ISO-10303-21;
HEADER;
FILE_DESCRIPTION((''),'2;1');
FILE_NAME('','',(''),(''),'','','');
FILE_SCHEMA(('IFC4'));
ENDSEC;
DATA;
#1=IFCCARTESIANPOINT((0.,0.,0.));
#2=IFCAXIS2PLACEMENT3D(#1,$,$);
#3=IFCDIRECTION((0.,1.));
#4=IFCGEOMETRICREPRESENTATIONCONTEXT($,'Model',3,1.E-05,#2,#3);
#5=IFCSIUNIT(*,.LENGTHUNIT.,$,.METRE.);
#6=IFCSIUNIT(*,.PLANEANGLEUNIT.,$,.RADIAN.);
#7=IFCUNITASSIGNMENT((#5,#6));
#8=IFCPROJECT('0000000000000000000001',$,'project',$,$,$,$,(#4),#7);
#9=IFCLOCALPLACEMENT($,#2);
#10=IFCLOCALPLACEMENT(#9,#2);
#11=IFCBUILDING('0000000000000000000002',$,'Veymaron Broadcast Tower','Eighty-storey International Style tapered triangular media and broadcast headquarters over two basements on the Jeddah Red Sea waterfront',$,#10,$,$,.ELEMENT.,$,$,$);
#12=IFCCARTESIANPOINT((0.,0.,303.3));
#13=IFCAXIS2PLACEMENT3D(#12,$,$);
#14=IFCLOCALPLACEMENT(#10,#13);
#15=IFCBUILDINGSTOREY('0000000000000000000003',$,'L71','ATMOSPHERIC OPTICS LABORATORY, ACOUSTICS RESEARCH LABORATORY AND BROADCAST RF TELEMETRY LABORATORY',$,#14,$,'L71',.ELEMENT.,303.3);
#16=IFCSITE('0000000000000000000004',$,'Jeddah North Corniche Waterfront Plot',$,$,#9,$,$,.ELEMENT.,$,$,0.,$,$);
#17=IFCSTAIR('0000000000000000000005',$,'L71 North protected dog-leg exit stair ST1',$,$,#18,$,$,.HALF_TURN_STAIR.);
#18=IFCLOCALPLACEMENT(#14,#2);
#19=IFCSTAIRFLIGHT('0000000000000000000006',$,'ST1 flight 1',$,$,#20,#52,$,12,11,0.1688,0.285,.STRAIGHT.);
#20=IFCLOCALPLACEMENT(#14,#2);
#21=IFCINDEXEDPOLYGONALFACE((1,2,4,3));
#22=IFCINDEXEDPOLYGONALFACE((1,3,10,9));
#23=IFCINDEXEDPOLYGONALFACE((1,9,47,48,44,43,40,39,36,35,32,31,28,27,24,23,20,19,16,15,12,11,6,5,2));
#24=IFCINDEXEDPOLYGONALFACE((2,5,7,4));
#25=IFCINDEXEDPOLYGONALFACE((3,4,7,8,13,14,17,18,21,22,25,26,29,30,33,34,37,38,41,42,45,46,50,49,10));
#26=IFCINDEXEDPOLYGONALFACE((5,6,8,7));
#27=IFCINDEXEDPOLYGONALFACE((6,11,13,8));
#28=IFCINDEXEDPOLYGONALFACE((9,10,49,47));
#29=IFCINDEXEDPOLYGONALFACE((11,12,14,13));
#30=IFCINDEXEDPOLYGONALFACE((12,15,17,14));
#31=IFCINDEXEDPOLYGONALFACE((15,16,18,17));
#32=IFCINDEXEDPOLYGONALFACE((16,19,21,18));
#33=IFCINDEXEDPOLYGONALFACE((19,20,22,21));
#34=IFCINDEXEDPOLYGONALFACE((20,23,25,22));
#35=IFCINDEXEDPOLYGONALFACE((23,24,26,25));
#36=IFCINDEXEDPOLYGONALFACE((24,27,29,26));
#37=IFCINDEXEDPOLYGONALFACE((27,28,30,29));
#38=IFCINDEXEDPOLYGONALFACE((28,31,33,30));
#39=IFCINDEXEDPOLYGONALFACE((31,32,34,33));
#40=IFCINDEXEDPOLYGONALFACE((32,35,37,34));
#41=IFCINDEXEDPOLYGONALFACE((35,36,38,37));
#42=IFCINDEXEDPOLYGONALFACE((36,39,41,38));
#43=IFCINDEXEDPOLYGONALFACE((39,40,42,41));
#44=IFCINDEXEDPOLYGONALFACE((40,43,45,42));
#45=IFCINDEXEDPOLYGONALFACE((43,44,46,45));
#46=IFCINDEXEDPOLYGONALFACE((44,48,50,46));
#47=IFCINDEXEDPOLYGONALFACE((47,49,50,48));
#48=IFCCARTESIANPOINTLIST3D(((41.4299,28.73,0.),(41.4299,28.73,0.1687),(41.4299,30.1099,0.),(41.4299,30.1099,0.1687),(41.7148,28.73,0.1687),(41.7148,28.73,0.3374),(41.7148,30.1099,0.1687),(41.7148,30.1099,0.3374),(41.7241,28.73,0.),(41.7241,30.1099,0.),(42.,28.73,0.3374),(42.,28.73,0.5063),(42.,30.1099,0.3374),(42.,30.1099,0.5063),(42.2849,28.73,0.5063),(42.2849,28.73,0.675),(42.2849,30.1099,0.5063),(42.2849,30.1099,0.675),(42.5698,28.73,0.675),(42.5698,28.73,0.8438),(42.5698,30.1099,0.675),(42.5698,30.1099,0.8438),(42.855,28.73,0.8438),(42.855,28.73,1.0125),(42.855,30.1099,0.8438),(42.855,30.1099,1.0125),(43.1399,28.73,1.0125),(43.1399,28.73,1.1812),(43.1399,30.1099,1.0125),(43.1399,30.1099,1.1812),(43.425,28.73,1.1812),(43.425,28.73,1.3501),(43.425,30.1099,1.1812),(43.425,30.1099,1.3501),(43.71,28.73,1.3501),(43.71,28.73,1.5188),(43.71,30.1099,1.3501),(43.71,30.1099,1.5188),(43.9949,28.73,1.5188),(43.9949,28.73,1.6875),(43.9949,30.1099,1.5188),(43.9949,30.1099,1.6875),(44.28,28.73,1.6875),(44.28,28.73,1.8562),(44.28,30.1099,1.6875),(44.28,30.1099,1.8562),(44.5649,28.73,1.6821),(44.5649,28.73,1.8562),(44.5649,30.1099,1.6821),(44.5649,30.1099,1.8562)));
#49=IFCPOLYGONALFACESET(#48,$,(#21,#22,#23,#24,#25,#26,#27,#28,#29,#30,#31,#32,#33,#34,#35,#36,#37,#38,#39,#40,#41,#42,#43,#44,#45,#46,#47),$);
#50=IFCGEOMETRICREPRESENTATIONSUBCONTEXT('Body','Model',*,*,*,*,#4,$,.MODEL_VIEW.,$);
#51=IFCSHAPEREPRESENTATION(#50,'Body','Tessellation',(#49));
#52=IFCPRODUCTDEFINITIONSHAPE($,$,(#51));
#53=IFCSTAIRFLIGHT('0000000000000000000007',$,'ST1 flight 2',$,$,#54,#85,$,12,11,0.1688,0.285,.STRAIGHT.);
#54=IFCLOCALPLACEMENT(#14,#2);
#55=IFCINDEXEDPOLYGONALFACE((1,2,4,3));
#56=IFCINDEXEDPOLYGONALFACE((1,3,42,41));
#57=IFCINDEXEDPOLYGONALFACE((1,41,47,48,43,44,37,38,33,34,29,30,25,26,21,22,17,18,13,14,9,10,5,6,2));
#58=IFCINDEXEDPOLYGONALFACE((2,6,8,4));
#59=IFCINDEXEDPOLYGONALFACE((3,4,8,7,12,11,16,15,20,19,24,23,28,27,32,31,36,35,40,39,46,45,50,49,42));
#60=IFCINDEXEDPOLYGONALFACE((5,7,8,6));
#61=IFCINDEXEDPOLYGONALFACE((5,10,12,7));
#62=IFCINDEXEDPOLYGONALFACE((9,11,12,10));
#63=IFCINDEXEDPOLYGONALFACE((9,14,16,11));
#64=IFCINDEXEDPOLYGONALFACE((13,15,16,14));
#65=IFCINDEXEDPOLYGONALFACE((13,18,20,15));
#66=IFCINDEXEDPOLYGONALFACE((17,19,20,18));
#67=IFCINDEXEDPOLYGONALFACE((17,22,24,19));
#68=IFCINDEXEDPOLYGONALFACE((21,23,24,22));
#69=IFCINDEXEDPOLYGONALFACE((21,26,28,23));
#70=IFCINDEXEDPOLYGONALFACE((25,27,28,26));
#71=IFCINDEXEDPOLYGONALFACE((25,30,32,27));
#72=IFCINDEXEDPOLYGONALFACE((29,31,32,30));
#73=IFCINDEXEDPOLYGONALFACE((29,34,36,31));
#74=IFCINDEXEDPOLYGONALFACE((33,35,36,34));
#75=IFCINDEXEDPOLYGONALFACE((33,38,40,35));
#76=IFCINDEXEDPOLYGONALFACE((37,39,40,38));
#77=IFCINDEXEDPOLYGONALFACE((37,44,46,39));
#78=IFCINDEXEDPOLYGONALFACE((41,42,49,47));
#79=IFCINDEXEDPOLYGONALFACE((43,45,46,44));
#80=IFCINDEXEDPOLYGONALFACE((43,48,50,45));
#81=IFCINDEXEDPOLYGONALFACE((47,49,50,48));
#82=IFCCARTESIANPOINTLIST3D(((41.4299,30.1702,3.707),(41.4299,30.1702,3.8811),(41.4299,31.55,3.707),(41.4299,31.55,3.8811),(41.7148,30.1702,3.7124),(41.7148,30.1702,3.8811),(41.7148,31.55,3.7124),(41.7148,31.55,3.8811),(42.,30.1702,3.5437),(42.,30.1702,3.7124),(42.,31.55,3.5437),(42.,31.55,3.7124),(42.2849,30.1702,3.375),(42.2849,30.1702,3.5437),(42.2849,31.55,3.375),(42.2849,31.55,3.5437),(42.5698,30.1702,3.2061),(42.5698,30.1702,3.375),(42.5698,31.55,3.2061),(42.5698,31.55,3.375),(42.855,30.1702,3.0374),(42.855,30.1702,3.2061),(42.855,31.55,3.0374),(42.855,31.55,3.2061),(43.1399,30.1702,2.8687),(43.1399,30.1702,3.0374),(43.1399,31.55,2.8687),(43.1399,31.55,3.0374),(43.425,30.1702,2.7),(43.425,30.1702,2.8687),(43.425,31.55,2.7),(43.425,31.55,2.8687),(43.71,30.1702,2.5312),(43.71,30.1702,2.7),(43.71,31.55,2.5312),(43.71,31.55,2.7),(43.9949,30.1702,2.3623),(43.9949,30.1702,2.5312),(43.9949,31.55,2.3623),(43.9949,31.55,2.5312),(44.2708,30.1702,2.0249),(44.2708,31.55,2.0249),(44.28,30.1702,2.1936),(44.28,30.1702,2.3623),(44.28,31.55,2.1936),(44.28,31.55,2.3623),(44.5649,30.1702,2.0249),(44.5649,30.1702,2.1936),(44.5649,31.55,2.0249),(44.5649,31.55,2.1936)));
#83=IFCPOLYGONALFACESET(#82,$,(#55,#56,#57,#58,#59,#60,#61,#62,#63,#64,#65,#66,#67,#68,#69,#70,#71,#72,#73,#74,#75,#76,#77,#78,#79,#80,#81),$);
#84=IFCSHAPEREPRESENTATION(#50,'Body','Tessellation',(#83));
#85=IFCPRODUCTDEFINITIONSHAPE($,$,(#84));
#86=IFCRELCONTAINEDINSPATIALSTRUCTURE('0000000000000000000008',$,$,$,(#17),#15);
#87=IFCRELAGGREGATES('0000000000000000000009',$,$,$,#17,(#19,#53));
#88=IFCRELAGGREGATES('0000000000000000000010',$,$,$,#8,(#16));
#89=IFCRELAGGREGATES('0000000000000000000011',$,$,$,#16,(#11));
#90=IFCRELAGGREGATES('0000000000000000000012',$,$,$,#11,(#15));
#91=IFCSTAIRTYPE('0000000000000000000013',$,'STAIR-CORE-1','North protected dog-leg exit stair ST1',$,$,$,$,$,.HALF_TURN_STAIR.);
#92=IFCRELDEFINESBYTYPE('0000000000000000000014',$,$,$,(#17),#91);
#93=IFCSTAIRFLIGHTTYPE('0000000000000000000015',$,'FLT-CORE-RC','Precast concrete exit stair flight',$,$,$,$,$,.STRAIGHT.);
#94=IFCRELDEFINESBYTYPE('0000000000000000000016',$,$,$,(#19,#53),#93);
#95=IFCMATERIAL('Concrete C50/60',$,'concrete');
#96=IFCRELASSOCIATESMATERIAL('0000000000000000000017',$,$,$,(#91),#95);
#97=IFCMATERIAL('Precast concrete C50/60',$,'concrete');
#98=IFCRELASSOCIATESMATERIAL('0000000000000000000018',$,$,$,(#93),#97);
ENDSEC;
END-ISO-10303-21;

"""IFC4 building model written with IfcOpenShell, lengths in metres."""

from ifc_helpers import new_model, si_unit, direction, frame, origin, place, context, subcontext, project, spatial, polyline, outline, extrude, material, type_object, element, aggregate, save


model = new_model("IFC4")

# Units and contexts
model_context = context("Model", 3, precision=1e-05, world=origin(), true_north=direction((0.0, 1.0)))
body_context = subcontext(model_context, "Body", "Model", "MODEL_VIEW")
ifc_project = project(units=[si_unit("LENGTHUNIT", "METRE"), si_unit("PLANEANGLEUNIT", "RADIAN")], contexts=[model_context])

# Site, building, storey
site_placement = place(None, origin())
site = spatial("IfcSite", under=ifc_project, at=site_placement, Name="Jeddah North Corniche Waterfront Plot", CompositionType="ELEMENT", RefElevation=0.0)
building_placement = place(site_placement, origin())
building = spatial("IfcBuilding", under=site, at=building_placement, Name="Veymaron Broadcast Tower", Description="Eighty-storey International Style tapered triangular media and broadcast headquarters over two basements on the Jeddah Red Sea waterfront", CompositionType="ELEMENT")
storey_placement = place(building_placement, frame((0.0, 0.0, 303.3)))
storey = spatial("IfcBuildingStorey", under=building, at=storey_placement, Name="L71", Description="ATMOSPHERIC OPTICS LABORATORY, ACOUSTICS RESEARCH LABORATORY AND BROADCAST RF TELEMETRY LABORATORY", LongName="L71", CompositionType="ELEMENT", Elevation=303.3)

# Shared definitions
ifc_material_1 = material(Name="Concrete C50/60", Category="concrete")

# Stair, stair flights
stair_type = type_object("IfcStairType", Name="STAIR-CORE-1", Description="North protected dog-leg exit stair ST1", PredefinedType="HALF_TURN_STAIR", material=ifc_material_1)
stair_placement = place(storey_placement, origin())
stair = element("IfcStair", 1, at=stair_placement, inside=storey, type_object=stair_type, Name="L71 North protected dog-leg exit stair ST1", PredefinedType="HALF_TURN_STAIR")
ifc_material_2 = material(Name="Precast concrete C50/60", Category="concrete")
stair_flight_type = type_object("IfcStairFlightType", Name="FLT-CORE-RC", Description="Precast concrete exit stair flight", PredefinedType="STRAIGHT", material=ifc_material_2)
stair_flight_1_placement = place(storey_placement, frame((41.4299, 29.4199, 0.0), z_axis=(0.0, 0.0, 1.0), x_axis=(1.0, 0.0, 0.0)))
stair_flight_1 = element("IfcStairFlight", 2, at=stair_flight_1_placement, type_object=stair_flight_type, Name="ST1 flight 1", NumberOfRisers=12, NumberOfTreads=11, PredefinedType="STRAIGHT", RiserHeight=0.1688, TreadLength=0.285, context=body_context, shape_type="SweptSolid", body=[
    extrude(outline(polyline([(0.0, 0.0), (0.0, 0.1687), (0.2849, 0.1687), (0.2849, 0.3374), (0.5701, 0.3374), (0.5701, 0.5063), (0.855, 0.5063), (0.855, 0.675), (1.1399, 0.675), (1.1399, 0.8438), (1.425, 0.8438), (1.425, 1.0125), (1.71, 1.0125), (1.71, 1.1812), (1.9951, 1.1812), (1.9951, 1.3501), (2.28, 1.3501), (2.28, 1.5188), (2.5649, 1.5188), (2.5649, 1.6875), (2.8501, 1.6875), (2.8501, 1.8562), (3.135, 1.8562), (3.135, 2.0249), (3.135, 1.6821), (0.2942, 0.0), (0.0, 0.0)])), frame((0.0, 0.6899, 0.0), z_axis=(0.0, -1.0, 0.0), x_axis=(1.0, 0.0, 0.0)), (0.0, 0.0, 1.0), 1.3799),
])
stair_flight_2_placement = place(storey_placement, frame((44.5649, 30.8601, 2.0249), z_axis=(0.0, 0.0, 1.0), x_axis=(-1.0, 0.0, 0.0)))
stair_flight_2 = element("IfcStairFlight", 3, at=stair_flight_2_placement, type_object=stair_flight_type, Name="ST1 flight 2", NumberOfRisers=12, NumberOfTreads=11, PredefinedType="STRAIGHT", RiserHeight=0.1688, TreadLength=0.285, context=body_context, shape_type="SweptSolid", body=[
    extrude(outline(polyline([(0.0, 0.0), (0.0, 0.1687), (0.2849, 0.1687), (0.2849, 0.3374), (0.5701, 0.3374), (0.5701, 0.5063), (0.855, 0.5063), (0.855, 0.675), (1.1399, 0.675), (1.1399, 0.8438), (1.425, 0.8438), (1.425, 1.0125), (1.71, 1.0125), (1.71, 1.1812), (1.9951, 1.1812), (1.9951, 1.3501), (2.28, 1.3501), (2.28, 1.5188), (2.5649, 1.5188), (2.5649, 1.6875), (2.8501, 1.6875), (2.8501, 1.8562), (3.135, 1.8562), (3.135, 2.0249), (3.135, 1.6821), (0.2942, 0.0), (0.0, 0.0)])), frame((0.0, 0.6899, 0.0), z_axis=(0.0, -1.0, 0.0), x_axis=(1.0, 0.0, 0.0)), (0.0, 0.0, 1.0), 1.3799),
])
aggregate(stair, [stair_flight_1, stair_flight_2])

save(model, "model.ifc")
